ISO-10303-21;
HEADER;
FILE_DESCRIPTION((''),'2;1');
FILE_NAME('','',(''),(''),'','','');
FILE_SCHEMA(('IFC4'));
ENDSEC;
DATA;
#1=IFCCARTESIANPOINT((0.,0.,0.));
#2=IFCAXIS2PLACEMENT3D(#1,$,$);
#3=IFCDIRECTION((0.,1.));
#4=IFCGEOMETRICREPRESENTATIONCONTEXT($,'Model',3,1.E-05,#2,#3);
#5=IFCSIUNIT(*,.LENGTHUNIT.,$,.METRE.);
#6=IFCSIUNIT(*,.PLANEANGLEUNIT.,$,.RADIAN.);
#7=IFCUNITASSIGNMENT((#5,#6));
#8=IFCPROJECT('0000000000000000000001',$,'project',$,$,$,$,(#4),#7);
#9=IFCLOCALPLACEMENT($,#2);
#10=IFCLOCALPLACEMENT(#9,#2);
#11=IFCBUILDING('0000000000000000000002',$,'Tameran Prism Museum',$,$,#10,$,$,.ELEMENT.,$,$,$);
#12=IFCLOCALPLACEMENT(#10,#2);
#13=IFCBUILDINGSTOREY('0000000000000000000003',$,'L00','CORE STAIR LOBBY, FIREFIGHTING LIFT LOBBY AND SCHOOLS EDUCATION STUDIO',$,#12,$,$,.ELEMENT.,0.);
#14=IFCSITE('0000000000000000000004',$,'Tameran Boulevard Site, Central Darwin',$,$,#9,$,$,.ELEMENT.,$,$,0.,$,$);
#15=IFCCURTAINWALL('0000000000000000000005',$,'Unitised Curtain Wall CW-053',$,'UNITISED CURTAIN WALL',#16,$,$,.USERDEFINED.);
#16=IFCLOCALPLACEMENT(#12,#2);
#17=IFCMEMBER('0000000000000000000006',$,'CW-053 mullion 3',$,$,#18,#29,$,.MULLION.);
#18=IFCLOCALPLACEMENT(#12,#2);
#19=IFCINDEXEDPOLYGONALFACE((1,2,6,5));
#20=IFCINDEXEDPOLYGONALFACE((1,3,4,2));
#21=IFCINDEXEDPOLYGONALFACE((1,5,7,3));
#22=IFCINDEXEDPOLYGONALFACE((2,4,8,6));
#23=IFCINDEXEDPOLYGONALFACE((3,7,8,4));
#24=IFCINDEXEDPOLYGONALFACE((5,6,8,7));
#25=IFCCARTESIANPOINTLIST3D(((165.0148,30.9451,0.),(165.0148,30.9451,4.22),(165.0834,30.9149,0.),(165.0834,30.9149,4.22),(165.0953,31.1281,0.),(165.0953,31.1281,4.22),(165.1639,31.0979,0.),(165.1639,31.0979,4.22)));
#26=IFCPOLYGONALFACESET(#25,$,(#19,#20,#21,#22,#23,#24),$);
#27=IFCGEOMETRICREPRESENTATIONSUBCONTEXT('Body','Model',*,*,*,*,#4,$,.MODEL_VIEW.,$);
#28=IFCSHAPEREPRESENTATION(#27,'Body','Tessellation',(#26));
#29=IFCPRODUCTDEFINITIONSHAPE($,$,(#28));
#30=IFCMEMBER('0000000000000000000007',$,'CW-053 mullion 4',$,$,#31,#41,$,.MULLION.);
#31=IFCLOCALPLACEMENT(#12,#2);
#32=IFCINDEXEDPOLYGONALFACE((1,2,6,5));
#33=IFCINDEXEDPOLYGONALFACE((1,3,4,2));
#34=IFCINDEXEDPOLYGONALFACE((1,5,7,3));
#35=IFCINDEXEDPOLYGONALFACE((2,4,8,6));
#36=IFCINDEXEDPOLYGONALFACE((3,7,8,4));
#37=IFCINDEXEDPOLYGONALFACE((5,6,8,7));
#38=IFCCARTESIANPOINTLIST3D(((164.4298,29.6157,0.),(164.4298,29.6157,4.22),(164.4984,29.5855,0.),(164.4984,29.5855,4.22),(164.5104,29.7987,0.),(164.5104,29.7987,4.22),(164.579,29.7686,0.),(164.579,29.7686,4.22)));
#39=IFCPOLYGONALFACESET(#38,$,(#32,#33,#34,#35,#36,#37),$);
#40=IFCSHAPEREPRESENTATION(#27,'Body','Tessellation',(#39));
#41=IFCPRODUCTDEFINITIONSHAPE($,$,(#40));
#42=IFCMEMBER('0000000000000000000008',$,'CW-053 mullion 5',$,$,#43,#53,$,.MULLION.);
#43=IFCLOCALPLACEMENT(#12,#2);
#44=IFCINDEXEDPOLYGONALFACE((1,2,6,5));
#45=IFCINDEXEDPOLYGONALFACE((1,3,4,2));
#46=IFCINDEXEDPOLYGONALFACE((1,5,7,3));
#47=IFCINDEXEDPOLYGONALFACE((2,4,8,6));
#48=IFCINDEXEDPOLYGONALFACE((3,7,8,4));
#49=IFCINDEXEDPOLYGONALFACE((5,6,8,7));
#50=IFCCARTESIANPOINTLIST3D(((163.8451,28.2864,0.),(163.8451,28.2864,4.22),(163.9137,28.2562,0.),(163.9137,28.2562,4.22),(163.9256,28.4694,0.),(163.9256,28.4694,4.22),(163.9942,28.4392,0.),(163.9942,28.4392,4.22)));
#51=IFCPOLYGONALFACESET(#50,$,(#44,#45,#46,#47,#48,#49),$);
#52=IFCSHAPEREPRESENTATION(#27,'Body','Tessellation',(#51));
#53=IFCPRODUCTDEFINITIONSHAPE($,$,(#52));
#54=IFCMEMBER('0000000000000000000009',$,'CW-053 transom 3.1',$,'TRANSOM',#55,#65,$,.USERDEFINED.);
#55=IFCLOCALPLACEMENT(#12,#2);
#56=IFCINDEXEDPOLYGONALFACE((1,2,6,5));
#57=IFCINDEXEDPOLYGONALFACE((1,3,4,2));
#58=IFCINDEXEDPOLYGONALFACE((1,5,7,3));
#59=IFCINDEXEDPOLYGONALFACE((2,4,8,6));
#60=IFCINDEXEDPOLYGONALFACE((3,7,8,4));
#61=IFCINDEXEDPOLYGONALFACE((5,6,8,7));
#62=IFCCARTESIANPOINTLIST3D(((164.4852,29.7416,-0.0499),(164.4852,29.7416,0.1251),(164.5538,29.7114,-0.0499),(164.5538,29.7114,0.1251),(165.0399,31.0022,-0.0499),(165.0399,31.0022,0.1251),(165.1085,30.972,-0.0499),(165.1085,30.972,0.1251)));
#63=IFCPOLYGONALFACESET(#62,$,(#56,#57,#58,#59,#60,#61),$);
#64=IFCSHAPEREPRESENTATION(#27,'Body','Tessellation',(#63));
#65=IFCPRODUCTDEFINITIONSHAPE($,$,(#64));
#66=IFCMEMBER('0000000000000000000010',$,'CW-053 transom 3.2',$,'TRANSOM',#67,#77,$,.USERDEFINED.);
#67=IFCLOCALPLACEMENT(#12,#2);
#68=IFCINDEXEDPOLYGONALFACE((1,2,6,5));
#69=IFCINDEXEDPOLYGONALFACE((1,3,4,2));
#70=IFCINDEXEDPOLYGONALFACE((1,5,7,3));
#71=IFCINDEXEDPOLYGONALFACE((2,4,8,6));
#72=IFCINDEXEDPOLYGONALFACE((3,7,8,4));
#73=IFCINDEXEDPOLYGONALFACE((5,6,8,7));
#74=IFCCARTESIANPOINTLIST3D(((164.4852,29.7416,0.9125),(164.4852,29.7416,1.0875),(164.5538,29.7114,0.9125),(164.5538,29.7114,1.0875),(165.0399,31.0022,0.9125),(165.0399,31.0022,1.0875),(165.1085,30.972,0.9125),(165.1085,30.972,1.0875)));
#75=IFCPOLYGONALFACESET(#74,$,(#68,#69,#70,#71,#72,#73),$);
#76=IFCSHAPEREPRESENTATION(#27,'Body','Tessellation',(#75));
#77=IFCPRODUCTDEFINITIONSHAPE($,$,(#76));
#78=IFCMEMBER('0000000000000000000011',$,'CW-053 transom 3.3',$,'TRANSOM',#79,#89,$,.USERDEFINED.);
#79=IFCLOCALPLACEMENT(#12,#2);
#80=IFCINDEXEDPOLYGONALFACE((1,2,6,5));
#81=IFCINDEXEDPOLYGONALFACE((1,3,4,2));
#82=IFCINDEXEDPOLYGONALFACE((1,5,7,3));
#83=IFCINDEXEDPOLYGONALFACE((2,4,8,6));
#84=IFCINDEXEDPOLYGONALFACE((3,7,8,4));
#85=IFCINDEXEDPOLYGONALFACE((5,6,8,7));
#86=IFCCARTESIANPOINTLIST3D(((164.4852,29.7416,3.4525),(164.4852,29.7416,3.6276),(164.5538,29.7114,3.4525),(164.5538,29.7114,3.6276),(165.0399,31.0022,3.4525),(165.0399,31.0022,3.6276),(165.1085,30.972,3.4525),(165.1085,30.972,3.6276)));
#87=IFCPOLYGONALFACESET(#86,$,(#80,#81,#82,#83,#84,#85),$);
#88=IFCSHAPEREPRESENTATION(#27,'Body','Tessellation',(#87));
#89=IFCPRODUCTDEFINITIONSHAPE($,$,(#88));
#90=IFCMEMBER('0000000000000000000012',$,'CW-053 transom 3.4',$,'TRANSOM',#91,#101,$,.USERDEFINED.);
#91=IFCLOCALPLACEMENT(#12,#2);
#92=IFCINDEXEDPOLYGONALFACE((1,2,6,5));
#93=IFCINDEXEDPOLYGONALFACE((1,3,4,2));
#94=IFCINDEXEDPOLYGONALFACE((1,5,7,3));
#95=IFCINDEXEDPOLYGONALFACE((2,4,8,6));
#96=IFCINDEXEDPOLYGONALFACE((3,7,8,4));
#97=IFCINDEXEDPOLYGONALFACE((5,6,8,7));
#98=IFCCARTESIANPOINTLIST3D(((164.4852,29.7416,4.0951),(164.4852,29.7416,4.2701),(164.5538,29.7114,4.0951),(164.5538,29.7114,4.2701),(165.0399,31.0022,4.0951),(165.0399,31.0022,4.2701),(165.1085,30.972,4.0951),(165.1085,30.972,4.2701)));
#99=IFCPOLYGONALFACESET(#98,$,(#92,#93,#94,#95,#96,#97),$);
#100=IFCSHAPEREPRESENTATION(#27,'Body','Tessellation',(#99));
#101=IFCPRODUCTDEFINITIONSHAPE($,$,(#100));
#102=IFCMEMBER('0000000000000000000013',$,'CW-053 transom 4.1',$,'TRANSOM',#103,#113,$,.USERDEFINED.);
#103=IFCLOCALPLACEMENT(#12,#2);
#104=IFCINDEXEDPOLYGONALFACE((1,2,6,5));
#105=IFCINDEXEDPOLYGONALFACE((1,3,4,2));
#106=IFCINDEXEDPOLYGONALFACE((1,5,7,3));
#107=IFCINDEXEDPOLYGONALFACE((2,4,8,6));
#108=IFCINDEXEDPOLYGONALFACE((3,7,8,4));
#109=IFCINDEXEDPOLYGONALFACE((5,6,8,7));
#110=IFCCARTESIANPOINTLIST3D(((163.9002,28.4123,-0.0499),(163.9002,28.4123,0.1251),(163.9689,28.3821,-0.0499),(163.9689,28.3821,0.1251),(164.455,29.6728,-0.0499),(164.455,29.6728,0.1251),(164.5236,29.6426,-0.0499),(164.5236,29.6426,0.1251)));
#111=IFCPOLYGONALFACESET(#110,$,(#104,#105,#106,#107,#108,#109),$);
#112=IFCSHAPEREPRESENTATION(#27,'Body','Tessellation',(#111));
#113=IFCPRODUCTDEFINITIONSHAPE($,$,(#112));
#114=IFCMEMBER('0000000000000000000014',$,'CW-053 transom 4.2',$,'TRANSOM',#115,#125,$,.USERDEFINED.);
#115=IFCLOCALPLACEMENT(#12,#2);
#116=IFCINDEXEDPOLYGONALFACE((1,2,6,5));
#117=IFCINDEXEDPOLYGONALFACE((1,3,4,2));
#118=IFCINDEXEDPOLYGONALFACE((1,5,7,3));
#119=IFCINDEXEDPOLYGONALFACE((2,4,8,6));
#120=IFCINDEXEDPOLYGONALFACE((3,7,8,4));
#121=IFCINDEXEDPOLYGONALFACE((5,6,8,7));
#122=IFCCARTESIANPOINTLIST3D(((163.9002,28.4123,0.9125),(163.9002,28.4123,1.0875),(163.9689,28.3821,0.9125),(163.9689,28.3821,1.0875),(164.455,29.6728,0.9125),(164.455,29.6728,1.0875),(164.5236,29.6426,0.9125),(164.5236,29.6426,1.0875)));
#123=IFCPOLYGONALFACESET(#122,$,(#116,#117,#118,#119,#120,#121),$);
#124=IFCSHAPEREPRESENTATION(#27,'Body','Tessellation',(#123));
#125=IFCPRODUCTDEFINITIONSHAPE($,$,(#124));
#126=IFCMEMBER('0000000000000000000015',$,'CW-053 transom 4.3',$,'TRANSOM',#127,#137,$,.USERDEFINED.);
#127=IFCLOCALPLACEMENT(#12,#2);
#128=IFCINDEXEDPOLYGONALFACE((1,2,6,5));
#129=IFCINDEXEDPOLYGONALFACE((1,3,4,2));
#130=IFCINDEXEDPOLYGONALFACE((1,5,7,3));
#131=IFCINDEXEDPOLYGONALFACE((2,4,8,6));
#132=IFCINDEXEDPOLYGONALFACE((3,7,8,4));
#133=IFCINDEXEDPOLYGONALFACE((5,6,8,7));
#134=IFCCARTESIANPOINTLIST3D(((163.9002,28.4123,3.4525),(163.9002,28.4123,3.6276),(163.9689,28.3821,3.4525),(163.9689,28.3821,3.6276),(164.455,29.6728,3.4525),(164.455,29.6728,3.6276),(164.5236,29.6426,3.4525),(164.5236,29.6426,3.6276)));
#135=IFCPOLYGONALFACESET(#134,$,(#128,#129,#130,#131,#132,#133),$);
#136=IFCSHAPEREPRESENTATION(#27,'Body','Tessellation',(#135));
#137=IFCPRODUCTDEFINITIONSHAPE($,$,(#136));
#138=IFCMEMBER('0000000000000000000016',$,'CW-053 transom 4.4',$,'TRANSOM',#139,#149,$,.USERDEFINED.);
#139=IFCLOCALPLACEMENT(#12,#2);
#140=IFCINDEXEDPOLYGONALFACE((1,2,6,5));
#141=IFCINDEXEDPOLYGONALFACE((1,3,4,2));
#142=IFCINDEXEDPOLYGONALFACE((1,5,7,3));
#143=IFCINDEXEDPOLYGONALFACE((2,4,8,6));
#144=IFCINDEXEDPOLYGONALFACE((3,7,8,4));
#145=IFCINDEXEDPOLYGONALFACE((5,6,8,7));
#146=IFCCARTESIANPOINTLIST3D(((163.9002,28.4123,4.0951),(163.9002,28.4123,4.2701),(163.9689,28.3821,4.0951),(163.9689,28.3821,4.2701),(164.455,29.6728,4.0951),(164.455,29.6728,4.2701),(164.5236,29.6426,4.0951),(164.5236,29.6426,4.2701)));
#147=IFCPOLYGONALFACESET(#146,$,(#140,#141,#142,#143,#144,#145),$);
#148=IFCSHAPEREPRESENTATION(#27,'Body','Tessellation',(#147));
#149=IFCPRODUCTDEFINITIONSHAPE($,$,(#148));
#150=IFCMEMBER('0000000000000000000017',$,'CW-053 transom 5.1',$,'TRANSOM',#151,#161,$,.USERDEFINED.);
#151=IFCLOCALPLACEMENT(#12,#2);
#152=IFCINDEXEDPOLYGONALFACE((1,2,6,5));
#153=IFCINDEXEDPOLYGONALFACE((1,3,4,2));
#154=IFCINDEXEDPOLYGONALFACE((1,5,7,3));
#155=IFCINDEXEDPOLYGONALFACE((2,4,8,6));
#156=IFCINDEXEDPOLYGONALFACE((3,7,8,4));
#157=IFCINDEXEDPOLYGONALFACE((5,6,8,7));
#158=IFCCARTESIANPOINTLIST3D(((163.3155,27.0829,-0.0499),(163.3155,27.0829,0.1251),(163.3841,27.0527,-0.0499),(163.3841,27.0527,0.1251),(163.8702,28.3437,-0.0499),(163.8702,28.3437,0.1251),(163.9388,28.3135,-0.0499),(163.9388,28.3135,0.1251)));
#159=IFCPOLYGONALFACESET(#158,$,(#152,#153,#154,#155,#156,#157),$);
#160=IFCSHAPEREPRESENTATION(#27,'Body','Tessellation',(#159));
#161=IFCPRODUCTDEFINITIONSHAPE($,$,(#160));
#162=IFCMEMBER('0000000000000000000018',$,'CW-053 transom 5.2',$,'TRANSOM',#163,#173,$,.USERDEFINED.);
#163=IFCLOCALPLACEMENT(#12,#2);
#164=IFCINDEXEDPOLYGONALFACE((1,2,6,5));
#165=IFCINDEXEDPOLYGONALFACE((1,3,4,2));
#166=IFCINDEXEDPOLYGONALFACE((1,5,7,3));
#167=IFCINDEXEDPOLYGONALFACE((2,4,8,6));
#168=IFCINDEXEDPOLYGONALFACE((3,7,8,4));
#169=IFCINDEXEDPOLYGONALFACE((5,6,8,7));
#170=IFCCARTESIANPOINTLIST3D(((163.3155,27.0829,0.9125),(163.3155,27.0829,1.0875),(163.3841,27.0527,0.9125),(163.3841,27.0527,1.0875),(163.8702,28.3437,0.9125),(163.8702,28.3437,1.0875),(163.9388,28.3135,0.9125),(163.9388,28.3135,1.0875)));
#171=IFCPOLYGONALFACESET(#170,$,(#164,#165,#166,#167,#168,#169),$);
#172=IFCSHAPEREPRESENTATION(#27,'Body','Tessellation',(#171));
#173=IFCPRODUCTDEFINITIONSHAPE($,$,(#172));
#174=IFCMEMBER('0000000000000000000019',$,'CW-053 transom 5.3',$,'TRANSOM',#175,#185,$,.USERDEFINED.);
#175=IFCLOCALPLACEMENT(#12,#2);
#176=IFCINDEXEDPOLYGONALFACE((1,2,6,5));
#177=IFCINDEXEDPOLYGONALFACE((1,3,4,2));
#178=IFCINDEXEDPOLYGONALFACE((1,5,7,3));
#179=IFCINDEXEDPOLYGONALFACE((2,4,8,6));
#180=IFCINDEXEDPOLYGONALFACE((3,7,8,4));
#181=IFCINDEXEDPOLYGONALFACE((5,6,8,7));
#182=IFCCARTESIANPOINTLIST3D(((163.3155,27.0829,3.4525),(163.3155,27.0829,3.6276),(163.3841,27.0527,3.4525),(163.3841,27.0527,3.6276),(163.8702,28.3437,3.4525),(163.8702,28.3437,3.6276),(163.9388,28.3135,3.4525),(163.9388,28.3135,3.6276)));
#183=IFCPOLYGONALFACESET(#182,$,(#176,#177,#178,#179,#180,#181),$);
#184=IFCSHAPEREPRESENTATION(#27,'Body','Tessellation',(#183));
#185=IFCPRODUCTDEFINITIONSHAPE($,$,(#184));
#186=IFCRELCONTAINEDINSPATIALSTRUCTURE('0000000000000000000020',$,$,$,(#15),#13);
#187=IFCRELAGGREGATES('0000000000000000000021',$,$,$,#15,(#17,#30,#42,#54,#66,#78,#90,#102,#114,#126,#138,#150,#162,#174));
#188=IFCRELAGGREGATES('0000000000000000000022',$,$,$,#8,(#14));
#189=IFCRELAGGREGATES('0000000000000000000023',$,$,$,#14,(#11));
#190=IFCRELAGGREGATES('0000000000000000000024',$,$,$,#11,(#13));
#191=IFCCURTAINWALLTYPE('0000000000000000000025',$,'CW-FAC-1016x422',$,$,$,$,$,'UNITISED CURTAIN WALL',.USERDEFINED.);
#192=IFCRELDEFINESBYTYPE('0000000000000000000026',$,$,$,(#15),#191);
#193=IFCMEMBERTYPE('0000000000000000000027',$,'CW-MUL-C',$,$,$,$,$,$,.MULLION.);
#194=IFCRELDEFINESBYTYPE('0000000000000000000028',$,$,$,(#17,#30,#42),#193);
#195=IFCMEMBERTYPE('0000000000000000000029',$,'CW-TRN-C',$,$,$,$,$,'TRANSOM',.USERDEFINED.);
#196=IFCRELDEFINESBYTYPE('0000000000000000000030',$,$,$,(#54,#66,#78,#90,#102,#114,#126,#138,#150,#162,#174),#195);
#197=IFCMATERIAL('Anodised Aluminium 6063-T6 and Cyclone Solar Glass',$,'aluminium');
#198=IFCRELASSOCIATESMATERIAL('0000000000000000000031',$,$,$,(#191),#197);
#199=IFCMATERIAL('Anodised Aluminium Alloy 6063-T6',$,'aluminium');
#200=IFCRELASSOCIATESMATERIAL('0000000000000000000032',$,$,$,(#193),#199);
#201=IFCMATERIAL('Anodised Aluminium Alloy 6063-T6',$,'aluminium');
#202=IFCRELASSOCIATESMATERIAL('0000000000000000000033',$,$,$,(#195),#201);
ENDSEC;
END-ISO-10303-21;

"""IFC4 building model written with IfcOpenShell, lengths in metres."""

from ifc_helpers import new_model, si_unit, direction, frame, origin, origin_2d, place, context, subcontext, project, spatial, rectangle, extrude, material, material_profile, profile_set, type_object, element, aggregate, save


model = new_model("IFC4")

# Units and contexts
model_context = context("Model", 3, precision=1e-05, world=origin(), true_north=direction((0.0, 1.0)))
body_context = subcontext(model_context, "Body", "Model", "MODEL_VIEW")
ifc_project = project(units=[si_unit("LENGTHUNIT", "METRE"), si_unit("PLANEANGLEUNIT", "RADIAN")], contexts=[model_context])

# Site, building, storey
site_placement = place(None, origin())
site = spatial("IfcSite", under=ifc_project, at=site_placement, Name="Tameran Boulevard Site, Central Darwin", CompositionType="ELEMENT", RefElevation=0.0)
building_placement = place(site_placement, origin())
building = spatial("IfcBuilding", under=site, at=building_placement, Name="Tameran Prism Museum", CompositionType="ELEMENT")
storey_placement = place(building_placement, origin())
storey = spatial("IfcBuildingStorey", under=building, at=storey_placement, Name="L00", Description="CORE STAIR LOBBY, FIREFIGHTING LIFT LOBBY AND SCHOOLS EDUCATION STUDIO", CompositionType="ELEMENT", Elevation=0.0)

# Curtain wall, members
ifc_material_1 = material(Name="Anodised Aluminium 6063-T6 and Cyclone Solar Glass", Category="aluminium")
curtain_wall_type = type_object("IfcCurtainWallType", Name="CW-FAC-1016x422", ElementType="UNITISED CURTAIN WALL", PredefinedType="USERDEFINED", material=ifc_material_1)
curtain_wall_placement = place(storey_placement, origin())
curtain_wall = element("IfcCurtainWall", 1, at=curtain_wall_placement, inside=storey, type_object=curtain_wall_type, Name="Unitised Curtain Wall CW-053", ObjectType="UNITISED CURTAIN WALL", PredefinedType="USERDEFINED")
ifc_material_2 = material(Name="Anodised Aluminium Alloy 6063-T6", Category="aluminium")
ifc_material_profile_1 = material_profile(ifc_material_2, rectangle(XDim=0.075, YDim=0.2, at=origin_2d()))
ifc_profile_set_1 = profile_set([ifc_material_profile_1])
member_type_1 = type_object("IfcMemberType", Name="CW-MUL-C", PredefinedType="MULLION", material=ifc_profile_set_1)
member_1_placement = place(storey_placement, frame((165.0894, 31.0215, 0.0), z_axis=(0.0, 0.0, 1.0), x_axis=(0.915322, -0.402722, 0.0)))
member_1 = element("IfcMember", 2, at=member_1_placement, type_object=member_type_1, Name="CW-053 mullion 3", PredefinedType="MULLION", context=body_context, shape_type="SweptSolid", body=[
    extrude(rectangle(XDim=0.075, YDim=0.2, at=origin_2d()), origin(), (0.0, 0.0, 1.0), 4.22),
])
member_2_placement = place(storey_placement, frame((164.5044, 29.6921, 0.0), z_axis=(0.0, 0.0, 1.0), x_axis=(0.915322, -0.402722, 0.0)))
member_2 = element("IfcMember", 3, at=member_2_placement, type_object=member_type_1, Name="CW-053 mullion 4", PredefinedType="MULLION", context=body_context, shape_type="SweptSolid", body=[
    extrude(rectangle(XDim=0.075, YDim=0.2, at=origin_2d()), origin(), (0.0, 0.0, 1.0), 4.22),
])
member_3_placement = place(storey_placement, frame((163.9197, 28.3628, 0.0), z_axis=(0.0, 0.0, 1.0), x_axis=(0.915322, -0.402722, 0.0)))
member_3 = element("IfcMember", 4, at=member_3_placement, type_object=member_type_1, Name="CW-053 mullion 5", PredefinedType="MULLION", context=body_context, shape_type="SweptSolid", body=[
    extrude(rectangle(XDim=0.075, YDim=0.2, at=origin_2d()), origin(), (0.0, 0.0, 1.0), 4.22),
])
ifc_material_3 = material(Name="Anodised Aluminium Alloy 6063-T6", Category="aluminium")
ifc_material_profile_2 = material_profile(ifc_material_3, rectangle(XDim=0.075, YDim=0.175, at=origin_2d()))
ifc_profile_set_2 = profile_set([ifc_material_profile_2])
member_type_2 = type_object("IfcMemberType", Name="CW-TRN-C", ElementType="TRANSOM", PredefinedType="USERDEFINED", material=ifc_profile_set_2)
member_4_placement = place(storey_placement, frame((165.0742, 30.9871, 0.0376), z_axis=(-0.40278, -0.915297, 0.0), x_axis=(0.915297, -0.40278, 0.0)))
member_4 = element("IfcMember", 5, at=member_4_placement, type_object=member_type_2, Name="CW-053 transom 3.1", ObjectType="TRANSOM", PredefinedType="USERDEFINED", context=body_context, shape_type="SweptSolid", body=[
    extrude(rectangle(XDim=0.075, YDim=0.175, at=origin_2d()), origin(), (0.0, 0.0, 1.0), 1.3772),
])
member_5_placement = place(storey_placement, frame((165.0742, 30.9871, 1.0), z_axis=(-0.40278, -0.915297, 0.0), x_axis=(0.915297, -0.40278, 0.0)))
member_5 = element("IfcMember", 6, at=member_5_placement, type_object=member_type_2, Name="CW-053 transom 3.2", ObjectType="TRANSOM", PredefinedType="USERDEFINED", context=body_context, shape_type="SweptSolid", body=[
    extrude(rectangle(XDim=0.075, YDim=0.175, at=origin_2d()), origin(), (0.0, 0.0, 1.0), 1.3772),
])
member_6_placement = place(storey_placement, frame((165.0742, 30.9871, 3.54), z_axis=(-0.40278, -0.915297, 0.0), x_axis=(0.915297, -0.40278, 0.0)))
member_6 = element("IfcMember", 7, at=member_6_placement, type_object=member_type_2, Name="CW-053 transom 3.3", ObjectType="TRANSOM", PredefinedType="USERDEFINED", context=body_context, shape_type="SweptSolid", body=[
    extrude(rectangle(XDim=0.075, YDim=0.175, at=origin_2d()), origin(), (0.0, 0.0, 1.0), 1.3772),
])
member_7_placement = place(storey_placement, frame((165.0742, 30.9871, 4.1826), z_axis=(-0.40278, -0.915297, 0.0), x_axis=(0.915297, -0.40278, 0.0)))
member_7 = element("IfcMember", 8, at=member_7_placement, type_object=member_type_2, Name="CW-053 transom 3.4", ObjectType="TRANSOM", PredefinedType="USERDEFINED", context=body_context, shape_type="SweptSolid", body=[
    extrude(rectangle(XDim=0.075, YDim=0.175, at=origin_2d()), origin(), (0.0, 0.0, 1.0), 1.3772),
])
member_8_placement = place(storey_placement, frame((164.4893, 29.6577, 0.0376), z_axis=(-0.40278, -0.915297, 0.0), x_axis=(0.915297, -0.40278, 0.0)))
member_8 = element("IfcMember", 9, at=member_8_placement, type_object=member_type_2, Name="CW-053 transom 4.1", ObjectType="TRANSOM", PredefinedType="USERDEFINED", context=body_context, shape_type="SweptSolid", body=[
    extrude(rectangle(XDim=0.075, YDim=0.175, at=origin_2d()), origin(), (0.0, 0.0, 1.0), 1.3772),
])
member_9_placement = place(storey_placement, frame((164.4893, 29.6577, 1.0), z_axis=(-0.40278, -0.915297, 0.0), x_axis=(0.915297, -0.40278, 0.0)))
member_9 = element("IfcMember", 10, at=member_9_placement, type_object=member_type_2, Name="CW-053 transom 4.2", ObjectType="TRANSOM", PredefinedType="USERDEFINED", context=body_context, shape_type="SweptSolid", body=[
    extrude(rectangle(XDim=0.075, YDim=0.175, at=origin_2d()), origin(), (0.0, 0.0, 1.0), 1.3772),
])
member_10_placement = place(storey_placement, frame((164.4893, 29.6577, 3.54), z_axis=(-0.40278, -0.915297, 0.0), x_axis=(0.915297, -0.40278, 0.0)))
member_10 = element("IfcMember", 11, at=member_10_placement, type_object=member_type_2, Name="CW-053 transom 4.3", ObjectType="TRANSOM", PredefinedType="USERDEFINED", context=body_context, shape_type="SweptSolid", body=[
    extrude(rectangle(XDim=0.075, YDim=0.175, at=origin_2d()), origin(), (0.0, 0.0, 1.0), 1.3772),
])
member_11_placement = place(storey_placement, frame((164.4893, 29.6577, 4.1826), z_axis=(-0.40278, -0.915297, 0.0), x_axis=(0.915297, -0.40278, 0.0)))
member_11 = element("IfcMember", 12, at=member_11_placement, type_object=member_type_2, Name="CW-053 transom 4.4", ObjectType="TRANSOM", PredefinedType="USERDEFINED", context=body_context, shape_type="SweptSolid", body=[
    extrude(rectangle(XDim=0.075, YDim=0.175, at=origin_2d()), origin(), (0.0, 0.0, 1.0), 1.3772),
])
member_12_placement = place(storey_placement, frame((163.9045, 28.3286, 0.0376), z_axis=(-0.402715, -0.915325, 0.0), x_axis=(0.915325, -0.402715, 0.0)))
member_12 = element("IfcMember", 13, at=member_12_placement, type_object=member_type_2, Name="CW-053 transom 5.1", ObjectType="TRANSOM", PredefinedType="USERDEFINED", context=body_context, shape_type="SweptSolid", body=[
    extrude(rectangle(XDim=0.075, YDim=0.175, at=origin_2d()), origin(), (0.0, 0.0, 1.0), 1.3774),
])
member_13_placement = place(storey_placement, frame((163.9045, 28.3286, 1.0), z_axis=(-0.402715, -0.915325, 0.0), x_axis=(0.915325, -0.402715, 0.0)))
member_13 = element("IfcMember", 14, at=member_13_placement, type_object=member_type_2, Name="CW-053 transom 5.2", ObjectType="TRANSOM", PredefinedType="USERDEFINED", context=body_context, shape_type="SweptSolid", body=[
    extrude(rectangle(XDim=0.075, YDim=0.175, at=origin_2d()), origin(), (0.0, 0.0, 1.0), 1.3774),
])
member_14_placement = place(storey_placement, frame((163.9045, 28.3286, 3.54), z_axis=(-0.402715, -0.915325, 0.0), x_axis=(0.915325, -0.402715, 0.0)))
member_14 = element("IfcMember", 15, at=member_14_placement, type_object=member_type_2, Name="CW-053 transom 5.3", ObjectType="TRANSOM", PredefinedType="USERDEFINED", context=body_context, shape_type="SweptSolid", body=[
    extrude(rectangle(XDim=0.075, YDim=0.175, at=origin_2d()), origin(), (0.0, 0.0, 1.0), 1.3774),
])
aggregate(curtain_wall, [member_1, member_2, member_3, member_4, member_5, member_6, member_7, member_8, member_9, member_10, member_11, member_12, member_13, member_14])

save(model, "model.ifc")
